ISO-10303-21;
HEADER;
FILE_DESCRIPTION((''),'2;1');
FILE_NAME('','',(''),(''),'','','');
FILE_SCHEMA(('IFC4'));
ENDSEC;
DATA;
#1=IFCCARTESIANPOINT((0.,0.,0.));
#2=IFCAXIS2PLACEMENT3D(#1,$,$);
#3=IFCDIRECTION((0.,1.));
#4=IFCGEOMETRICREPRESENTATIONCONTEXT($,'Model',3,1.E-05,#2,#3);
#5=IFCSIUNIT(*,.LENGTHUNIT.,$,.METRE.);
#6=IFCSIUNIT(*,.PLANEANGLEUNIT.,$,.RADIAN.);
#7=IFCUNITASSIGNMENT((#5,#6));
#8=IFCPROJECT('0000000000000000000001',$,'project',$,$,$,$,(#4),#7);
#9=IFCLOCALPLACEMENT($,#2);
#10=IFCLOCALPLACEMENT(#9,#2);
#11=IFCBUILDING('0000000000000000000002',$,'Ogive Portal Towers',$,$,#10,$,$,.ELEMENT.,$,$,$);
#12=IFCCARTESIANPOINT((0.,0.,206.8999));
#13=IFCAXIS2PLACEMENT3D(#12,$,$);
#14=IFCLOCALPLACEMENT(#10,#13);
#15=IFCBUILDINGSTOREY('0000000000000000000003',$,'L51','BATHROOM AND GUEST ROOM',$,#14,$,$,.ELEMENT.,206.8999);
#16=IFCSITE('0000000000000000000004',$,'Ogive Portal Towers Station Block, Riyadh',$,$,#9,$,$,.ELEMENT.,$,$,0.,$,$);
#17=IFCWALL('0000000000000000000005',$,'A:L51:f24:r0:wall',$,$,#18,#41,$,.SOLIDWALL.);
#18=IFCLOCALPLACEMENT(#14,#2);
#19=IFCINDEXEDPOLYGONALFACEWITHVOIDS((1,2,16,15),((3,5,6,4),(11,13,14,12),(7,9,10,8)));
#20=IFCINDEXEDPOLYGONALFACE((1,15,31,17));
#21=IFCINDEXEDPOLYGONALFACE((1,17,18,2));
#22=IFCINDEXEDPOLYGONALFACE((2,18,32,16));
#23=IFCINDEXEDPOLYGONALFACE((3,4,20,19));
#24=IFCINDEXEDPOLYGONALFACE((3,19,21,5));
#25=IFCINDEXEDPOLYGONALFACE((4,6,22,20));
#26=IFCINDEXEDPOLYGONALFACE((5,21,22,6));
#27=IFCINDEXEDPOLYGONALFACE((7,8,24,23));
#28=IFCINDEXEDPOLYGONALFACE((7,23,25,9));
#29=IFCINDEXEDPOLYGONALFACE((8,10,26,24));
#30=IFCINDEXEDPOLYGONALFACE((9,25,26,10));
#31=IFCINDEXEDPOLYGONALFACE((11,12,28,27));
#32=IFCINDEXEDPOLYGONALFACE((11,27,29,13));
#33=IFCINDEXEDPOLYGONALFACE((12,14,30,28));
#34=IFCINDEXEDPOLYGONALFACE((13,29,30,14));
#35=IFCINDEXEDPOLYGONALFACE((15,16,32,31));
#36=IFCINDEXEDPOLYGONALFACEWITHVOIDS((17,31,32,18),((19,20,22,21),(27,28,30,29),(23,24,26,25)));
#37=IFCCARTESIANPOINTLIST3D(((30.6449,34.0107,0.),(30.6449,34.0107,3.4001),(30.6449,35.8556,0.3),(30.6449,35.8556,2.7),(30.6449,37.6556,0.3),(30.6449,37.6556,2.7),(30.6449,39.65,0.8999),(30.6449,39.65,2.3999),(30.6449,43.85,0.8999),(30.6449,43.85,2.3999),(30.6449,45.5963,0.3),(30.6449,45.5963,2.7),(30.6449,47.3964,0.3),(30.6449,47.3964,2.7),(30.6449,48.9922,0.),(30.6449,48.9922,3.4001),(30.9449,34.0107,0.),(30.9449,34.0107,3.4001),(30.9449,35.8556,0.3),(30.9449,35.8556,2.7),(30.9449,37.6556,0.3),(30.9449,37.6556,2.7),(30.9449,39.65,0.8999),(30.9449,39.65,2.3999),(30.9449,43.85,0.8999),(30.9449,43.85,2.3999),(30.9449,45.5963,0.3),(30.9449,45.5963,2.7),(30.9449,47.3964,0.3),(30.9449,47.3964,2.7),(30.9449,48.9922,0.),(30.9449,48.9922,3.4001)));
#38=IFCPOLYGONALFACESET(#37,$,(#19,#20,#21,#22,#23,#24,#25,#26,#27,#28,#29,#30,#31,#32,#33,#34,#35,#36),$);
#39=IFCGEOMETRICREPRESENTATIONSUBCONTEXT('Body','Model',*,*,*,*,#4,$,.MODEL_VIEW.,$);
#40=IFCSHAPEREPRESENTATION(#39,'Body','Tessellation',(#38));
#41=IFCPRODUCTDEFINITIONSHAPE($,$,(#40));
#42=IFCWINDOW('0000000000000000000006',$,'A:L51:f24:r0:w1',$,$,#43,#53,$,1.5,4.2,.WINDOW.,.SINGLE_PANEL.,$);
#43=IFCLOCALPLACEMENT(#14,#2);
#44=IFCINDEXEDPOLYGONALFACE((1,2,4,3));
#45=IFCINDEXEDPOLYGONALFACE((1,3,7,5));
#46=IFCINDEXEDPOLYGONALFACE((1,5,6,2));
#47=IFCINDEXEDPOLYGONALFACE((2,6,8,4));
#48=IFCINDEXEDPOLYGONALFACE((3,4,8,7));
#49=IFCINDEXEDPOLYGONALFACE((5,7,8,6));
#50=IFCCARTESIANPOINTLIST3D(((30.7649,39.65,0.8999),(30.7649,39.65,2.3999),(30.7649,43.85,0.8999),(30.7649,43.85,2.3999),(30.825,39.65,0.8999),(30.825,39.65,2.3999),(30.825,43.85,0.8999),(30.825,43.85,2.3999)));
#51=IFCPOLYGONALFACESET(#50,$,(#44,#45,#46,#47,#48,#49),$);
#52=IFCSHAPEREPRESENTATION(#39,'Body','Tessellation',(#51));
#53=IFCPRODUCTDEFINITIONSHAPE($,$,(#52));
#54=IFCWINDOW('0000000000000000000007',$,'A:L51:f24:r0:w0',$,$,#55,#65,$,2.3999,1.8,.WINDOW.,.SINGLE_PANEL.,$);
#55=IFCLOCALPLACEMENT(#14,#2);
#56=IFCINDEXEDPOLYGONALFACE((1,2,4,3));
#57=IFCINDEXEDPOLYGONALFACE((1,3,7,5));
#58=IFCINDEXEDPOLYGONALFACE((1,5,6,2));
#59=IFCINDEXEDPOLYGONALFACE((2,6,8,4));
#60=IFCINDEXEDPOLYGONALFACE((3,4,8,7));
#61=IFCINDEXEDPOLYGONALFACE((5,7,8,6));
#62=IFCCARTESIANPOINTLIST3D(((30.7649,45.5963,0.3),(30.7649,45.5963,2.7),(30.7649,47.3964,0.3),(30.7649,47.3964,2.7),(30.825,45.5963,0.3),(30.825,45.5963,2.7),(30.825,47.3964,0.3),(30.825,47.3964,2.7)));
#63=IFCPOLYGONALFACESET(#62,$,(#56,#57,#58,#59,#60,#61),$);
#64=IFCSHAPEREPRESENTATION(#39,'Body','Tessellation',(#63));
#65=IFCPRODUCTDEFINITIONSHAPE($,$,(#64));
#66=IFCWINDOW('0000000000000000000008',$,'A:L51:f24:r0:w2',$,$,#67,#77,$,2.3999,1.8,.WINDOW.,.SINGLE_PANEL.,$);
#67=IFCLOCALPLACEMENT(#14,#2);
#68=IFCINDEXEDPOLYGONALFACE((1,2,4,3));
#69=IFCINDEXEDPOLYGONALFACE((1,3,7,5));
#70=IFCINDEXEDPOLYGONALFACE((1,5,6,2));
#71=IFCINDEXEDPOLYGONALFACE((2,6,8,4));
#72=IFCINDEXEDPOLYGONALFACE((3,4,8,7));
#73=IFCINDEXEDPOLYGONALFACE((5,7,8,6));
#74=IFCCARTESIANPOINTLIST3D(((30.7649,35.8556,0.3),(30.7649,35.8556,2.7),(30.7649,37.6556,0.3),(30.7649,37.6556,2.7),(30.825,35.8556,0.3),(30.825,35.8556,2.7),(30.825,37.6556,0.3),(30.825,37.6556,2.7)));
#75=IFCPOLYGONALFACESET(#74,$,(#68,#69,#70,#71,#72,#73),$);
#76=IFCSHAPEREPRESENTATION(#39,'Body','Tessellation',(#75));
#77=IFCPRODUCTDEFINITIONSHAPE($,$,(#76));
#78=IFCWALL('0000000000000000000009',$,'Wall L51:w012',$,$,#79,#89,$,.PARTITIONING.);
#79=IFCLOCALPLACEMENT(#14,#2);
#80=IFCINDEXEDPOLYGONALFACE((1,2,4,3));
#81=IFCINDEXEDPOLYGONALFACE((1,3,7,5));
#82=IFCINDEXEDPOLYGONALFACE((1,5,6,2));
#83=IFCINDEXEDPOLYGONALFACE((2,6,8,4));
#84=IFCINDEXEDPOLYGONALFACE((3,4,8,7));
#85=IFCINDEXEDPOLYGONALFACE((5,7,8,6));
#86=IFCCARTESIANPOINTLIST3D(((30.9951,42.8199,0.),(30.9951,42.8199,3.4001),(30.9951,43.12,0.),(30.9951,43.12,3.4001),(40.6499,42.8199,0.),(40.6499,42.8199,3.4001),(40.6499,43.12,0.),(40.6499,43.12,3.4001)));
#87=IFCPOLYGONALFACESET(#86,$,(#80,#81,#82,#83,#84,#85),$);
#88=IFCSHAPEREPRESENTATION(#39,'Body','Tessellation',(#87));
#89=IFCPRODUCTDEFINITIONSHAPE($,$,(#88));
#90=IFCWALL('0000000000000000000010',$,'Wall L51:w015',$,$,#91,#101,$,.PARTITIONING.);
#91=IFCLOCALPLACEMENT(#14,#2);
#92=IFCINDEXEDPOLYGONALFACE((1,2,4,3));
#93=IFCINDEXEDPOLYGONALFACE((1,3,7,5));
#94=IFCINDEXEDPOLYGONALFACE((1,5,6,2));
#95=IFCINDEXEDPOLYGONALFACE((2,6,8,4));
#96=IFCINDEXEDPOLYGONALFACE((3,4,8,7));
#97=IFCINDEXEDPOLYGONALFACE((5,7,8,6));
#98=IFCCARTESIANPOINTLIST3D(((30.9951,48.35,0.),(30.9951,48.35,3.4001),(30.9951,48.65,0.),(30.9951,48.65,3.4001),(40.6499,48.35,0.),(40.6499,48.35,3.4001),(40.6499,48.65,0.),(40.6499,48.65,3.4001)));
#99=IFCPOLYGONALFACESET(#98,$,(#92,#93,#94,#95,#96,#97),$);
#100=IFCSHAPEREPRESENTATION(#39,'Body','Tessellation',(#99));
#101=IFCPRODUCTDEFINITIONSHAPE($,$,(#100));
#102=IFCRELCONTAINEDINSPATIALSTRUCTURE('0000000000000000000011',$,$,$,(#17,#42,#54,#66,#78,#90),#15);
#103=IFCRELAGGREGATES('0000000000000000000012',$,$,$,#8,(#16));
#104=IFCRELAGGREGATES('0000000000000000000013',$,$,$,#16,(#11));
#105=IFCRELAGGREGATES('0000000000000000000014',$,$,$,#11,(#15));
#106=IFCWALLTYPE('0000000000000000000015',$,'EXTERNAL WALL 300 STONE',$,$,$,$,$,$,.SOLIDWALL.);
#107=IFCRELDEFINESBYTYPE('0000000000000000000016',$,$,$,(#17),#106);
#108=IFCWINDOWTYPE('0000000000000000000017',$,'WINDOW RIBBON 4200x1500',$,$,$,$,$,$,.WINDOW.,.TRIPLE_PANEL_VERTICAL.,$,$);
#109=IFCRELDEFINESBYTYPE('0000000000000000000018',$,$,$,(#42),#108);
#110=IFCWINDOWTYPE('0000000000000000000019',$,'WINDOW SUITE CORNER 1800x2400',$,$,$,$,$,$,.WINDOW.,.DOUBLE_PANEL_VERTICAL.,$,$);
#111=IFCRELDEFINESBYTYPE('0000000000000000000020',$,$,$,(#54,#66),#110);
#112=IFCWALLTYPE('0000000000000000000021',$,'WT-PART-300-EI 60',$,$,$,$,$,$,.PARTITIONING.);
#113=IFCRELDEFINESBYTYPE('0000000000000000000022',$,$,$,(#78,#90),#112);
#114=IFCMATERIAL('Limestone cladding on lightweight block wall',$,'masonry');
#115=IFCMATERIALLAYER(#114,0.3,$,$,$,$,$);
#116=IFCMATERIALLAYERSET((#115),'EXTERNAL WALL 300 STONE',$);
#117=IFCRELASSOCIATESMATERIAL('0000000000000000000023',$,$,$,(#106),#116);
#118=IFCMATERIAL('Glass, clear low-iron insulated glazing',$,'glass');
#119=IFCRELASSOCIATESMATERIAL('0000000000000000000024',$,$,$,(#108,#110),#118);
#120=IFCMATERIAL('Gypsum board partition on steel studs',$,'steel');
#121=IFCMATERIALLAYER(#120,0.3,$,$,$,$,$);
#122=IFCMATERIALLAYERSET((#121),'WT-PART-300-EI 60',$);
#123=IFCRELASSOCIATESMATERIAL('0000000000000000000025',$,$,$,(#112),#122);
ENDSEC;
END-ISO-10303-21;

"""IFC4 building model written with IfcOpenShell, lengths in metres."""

from ifc_helpers import new_model, si_unit, direction, frame, frame_2d, origin, place, context, subcontext, project, spatial, rectangle, extrude, material, layer, layer_set, type_object, element, fill, save


model = new_model("IFC4")

# Units and contexts
model_context = context("Model", 3, precision=1e-05, world=origin(), true_north=direction((0.0, 1.0)))
body_context = subcontext(model_context, "Body", "Model", "MODEL_VIEW")
ifc_project = project(units=[si_unit("LENGTHUNIT", "METRE"), si_unit("PLANEANGLEUNIT", "RADIAN")], contexts=[model_context])

# Site, building, storey
site_placement = place(None, origin())
site = spatial("IfcSite", under=ifc_project, at=site_placement, Name="Ogive Portal Towers Station Block, Riyadh", CompositionType="ELEMENT", RefElevation=0.0)
building_placement = place(site_placement, origin())
building = spatial("IfcBuilding", under=site, at=building_placement, Name="Ogive Portal Towers", CompositionType="ELEMENT")
storey_placement = place(building_placement, frame((0.0, 0.0, 206.8999)))
storey = spatial("IfcBuildingStorey", under=building, at=storey_placement, Name="L51", Description="BATHROOM AND GUEST ROOM", CompositionType="ELEMENT", Elevation=206.8999)

# Shared definitions
ifc_material_1 = material(Name="Glass, clear low-iron insulated glazing", Category="glass")

# Wall, openings, windows
ifc_material_2 = material(Name="Limestone cladding on lightweight block wall", Category="masonry")
ifc_layer_1 = layer(ifc_material_2, 0.3)
ifc_layer_set_1 = layer_set([ifc_layer_1], Name="EXTERNAL WALL 300 STONE")
wall_type_1 = type_object("IfcWallType", Name="EXTERNAL WALL 300 STONE", PredefinedType="SOLIDWALL", material=ifc_layer_set_1)
wall_1_placement = place(storey_placement, frame((30.7949, 48.9922, 0.0), z_axis=(0.0, 0.0, 1.0), x_axis=(0.0, -1.0, 0.0)))
wall_1 = element("IfcWall", 1, at=wall_1_placement, inside=storey, type_object=wall_type_1, Name="A:L51:f24:r0:wall", PredefinedType="SOLIDWALL", context=body_context, shape_type="SweptSolid", body=[
    extrude(rectangle(XDim=14.9814, YDim=0.3, at=frame_2d((7.4907, 0.0))), origin(), (0.0, 0.0, 1.0), 3.4001),
])
opening_1_placement = place(wall_1_placement, frame((1.5959, 0.0, 0.3)))
opening_1 = element("IfcOpeningElement", 2, at=opening_1_placement, cuts=wall_1, PredefinedType="OPENING", context=body_context, shape_type="SweptSolid", body=[
    extrude(rectangle(XDim=1.8, YDim=2.3999, at=frame_2d((0.8999, 1.2))), frame((0.0, 0.1602, 0.0), z_axis=(0.0, -1.0, 0.0), x_axis=(1.0, 0.0, 0.0)), (0.0, 0.0, 1.0), 0.3201),
])
opening_2_placement = place(wall_1_placement, frame((5.1421, 0.0, 0.8999)))
opening_2 = element("IfcOpeningElement", 3, at=opening_2_placement, cuts=wall_1, PredefinedType="OPENING", context=body_context, shape_type="SweptSolid", body=[
    extrude(rectangle(XDim=4.2, YDim=1.5, at=frame_2d((2.1001, 0.75))), frame((0.0, 0.1602, 0.0), z_axis=(0.0, -1.0, 0.0), x_axis=(1.0, 0.0, 0.0)), (0.0, 0.0, 1.0), 0.3201),
])
opening_3_placement = place(wall_1_placement, frame((11.3367, 0.0, 0.3)))
opening_3 = element("IfcOpeningElement", 4, at=opening_3_placement, cuts=wall_1, PredefinedType="OPENING", context=body_context, shape_type="SweptSolid", body=[
    extrude(rectangle(XDim=1.8, YDim=2.3999, at=frame_2d((0.8999, 1.2))), frame((0.0, 0.1602, 0.0), z_axis=(0.0, -1.0, 0.0), x_axis=(1.0, 0.0, 0.0)), (0.0, 0.0, 1.0), 0.3201),
])
window_type_1 = type_object("IfcWindowType", Name="WINDOW RIBBON 4200x1500", PartitioningType="TRIPLE_PANEL_VERTICAL", PredefinedType="WINDOW", material=ifc_material_1)
window_1_placement = place(opening_2_placement, origin())
window_1 = element("IfcWindow", 5, at=window_1_placement, inside=storey, type_object=window_type_1, Name="A:L51:f24:r0:w1", OverallHeight=1.5, OverallWidth=4.2, PartitioningType="SINGLE_PANEL", PredefinedType="WINDOW", context=body_context, shape_type="SweptSolid", body=[
    extrude(rectangle(XDim=4.2, YDim=1.5, at=frame_2d((2.1001, 0.75))), frame((0.0, 0.03, 0.0), z_axis=(0.0, -1.0, 0.0), x_axis=(1.0, 0.0, 0.0)), (0.0, 0.0, 1.0), 0.0601),
])
fill(opening_2, window_1)
window_type_2 = type_object("IfcWindowType", Name="WINDOW SUITE CORNER 1800x2400", PartitioningType="DOUBLE_PANEL_VERTICAL", PredefinedType="WINDOW", material=ifc_material_1)
window_2_placement = place(opening_1_placement, origin())
window_2 = element("IfcWindow", 6, at=window_2_placement, inside=storey, type_object=window_type_2, Name="A:L51:f24:r0:w0", OverallHeight=2.3999, OverallWidth=1.8, PartitioningType="SINGLE_PANEL", PredefinedType="WINDOW", context=body_context, shape_type="SweptSolid", body=[
    extrude(rectangle(XDim=1.8, YDim=2.3999, at=frame_2d((0.8999, 1.2))), frame((0.0, 0.03, 0.0), z_axis=(0.0, -1.0, 0.0), x_axis=(1.0, 0.0, 0.0)), (0.0, 0.0, 1.0), 0.0601),
])
fill(opening_1, window_2)
window_3_placement = place(opening_3_placement, origin())
window_3 = element("IfcWindow", 7, at=window_3_placement, inside=storey, type_object=window_type_2, Name="A:L51:f24:r0:w2", OverallHeight=2.3999, OverallWidth=1.8, PartitioningType="SINGLE_PANEL", PredefinedType="WINDOW", context=body_context, shape_type="SweptSolid", body=[
    extrude(rectangle(XDim=1.8, YDim=2.3999, at=frame_2d((0.8999, 1.2))), frame((0.0, 0.03, 0.0), z_axis=(0.0, -1.0, 0.0), x_axis=(1.0, 0.0, 0.0)), (0.0, 0.0, 1.0), 0.0601),
])
fill(opening_3, window_3)

# Walls
ifc_material_3 = material(Name="Gypsum board partition on steel studs", Category="steel")
ifc_layer_2 = layer(ifc_material_3, 0.3)
ifc_layer_set_2 = layer_set([ifc_layer_2], Name="WT-PART-300-EI 60")
wall_type_2 = type_object("IfcWallType", Name="WT-PART-300-EI 60", PredefinedType="PARTITIONING", material=ifc_layer_set_2)
for number, where, z_axis, x_axis, name in (
    (8, (30.9951, 42.97, 0.0), (0.0, 0.0, 1.0), (1.0, 0.0, 0.0), "Wall L51:w012"),
    (9, (30.9951, 48.5, 0.0), (0.0, 0.0, 1.0), (1.0, 0.0, 0.0), "Wall L51:w015"),
):
    element("IfcWall", number, at=place(storey_placement, frame(where, z_axis=z_axis, x_axis=x_axis)), inside=storey, type_object=wall_type_2, Name=name, PredefinedType="PARTITIONING", context=body_context, shape_type="SweptSolid", body=[
        extrude(rectangle(XDim=9.6548, YDim=0.3, at=frame_2d((4.8274, 0.0))), origin(), (0.0, 0.0, 1.0), 3.4001),
    ])

save(model, "model.ifc")
